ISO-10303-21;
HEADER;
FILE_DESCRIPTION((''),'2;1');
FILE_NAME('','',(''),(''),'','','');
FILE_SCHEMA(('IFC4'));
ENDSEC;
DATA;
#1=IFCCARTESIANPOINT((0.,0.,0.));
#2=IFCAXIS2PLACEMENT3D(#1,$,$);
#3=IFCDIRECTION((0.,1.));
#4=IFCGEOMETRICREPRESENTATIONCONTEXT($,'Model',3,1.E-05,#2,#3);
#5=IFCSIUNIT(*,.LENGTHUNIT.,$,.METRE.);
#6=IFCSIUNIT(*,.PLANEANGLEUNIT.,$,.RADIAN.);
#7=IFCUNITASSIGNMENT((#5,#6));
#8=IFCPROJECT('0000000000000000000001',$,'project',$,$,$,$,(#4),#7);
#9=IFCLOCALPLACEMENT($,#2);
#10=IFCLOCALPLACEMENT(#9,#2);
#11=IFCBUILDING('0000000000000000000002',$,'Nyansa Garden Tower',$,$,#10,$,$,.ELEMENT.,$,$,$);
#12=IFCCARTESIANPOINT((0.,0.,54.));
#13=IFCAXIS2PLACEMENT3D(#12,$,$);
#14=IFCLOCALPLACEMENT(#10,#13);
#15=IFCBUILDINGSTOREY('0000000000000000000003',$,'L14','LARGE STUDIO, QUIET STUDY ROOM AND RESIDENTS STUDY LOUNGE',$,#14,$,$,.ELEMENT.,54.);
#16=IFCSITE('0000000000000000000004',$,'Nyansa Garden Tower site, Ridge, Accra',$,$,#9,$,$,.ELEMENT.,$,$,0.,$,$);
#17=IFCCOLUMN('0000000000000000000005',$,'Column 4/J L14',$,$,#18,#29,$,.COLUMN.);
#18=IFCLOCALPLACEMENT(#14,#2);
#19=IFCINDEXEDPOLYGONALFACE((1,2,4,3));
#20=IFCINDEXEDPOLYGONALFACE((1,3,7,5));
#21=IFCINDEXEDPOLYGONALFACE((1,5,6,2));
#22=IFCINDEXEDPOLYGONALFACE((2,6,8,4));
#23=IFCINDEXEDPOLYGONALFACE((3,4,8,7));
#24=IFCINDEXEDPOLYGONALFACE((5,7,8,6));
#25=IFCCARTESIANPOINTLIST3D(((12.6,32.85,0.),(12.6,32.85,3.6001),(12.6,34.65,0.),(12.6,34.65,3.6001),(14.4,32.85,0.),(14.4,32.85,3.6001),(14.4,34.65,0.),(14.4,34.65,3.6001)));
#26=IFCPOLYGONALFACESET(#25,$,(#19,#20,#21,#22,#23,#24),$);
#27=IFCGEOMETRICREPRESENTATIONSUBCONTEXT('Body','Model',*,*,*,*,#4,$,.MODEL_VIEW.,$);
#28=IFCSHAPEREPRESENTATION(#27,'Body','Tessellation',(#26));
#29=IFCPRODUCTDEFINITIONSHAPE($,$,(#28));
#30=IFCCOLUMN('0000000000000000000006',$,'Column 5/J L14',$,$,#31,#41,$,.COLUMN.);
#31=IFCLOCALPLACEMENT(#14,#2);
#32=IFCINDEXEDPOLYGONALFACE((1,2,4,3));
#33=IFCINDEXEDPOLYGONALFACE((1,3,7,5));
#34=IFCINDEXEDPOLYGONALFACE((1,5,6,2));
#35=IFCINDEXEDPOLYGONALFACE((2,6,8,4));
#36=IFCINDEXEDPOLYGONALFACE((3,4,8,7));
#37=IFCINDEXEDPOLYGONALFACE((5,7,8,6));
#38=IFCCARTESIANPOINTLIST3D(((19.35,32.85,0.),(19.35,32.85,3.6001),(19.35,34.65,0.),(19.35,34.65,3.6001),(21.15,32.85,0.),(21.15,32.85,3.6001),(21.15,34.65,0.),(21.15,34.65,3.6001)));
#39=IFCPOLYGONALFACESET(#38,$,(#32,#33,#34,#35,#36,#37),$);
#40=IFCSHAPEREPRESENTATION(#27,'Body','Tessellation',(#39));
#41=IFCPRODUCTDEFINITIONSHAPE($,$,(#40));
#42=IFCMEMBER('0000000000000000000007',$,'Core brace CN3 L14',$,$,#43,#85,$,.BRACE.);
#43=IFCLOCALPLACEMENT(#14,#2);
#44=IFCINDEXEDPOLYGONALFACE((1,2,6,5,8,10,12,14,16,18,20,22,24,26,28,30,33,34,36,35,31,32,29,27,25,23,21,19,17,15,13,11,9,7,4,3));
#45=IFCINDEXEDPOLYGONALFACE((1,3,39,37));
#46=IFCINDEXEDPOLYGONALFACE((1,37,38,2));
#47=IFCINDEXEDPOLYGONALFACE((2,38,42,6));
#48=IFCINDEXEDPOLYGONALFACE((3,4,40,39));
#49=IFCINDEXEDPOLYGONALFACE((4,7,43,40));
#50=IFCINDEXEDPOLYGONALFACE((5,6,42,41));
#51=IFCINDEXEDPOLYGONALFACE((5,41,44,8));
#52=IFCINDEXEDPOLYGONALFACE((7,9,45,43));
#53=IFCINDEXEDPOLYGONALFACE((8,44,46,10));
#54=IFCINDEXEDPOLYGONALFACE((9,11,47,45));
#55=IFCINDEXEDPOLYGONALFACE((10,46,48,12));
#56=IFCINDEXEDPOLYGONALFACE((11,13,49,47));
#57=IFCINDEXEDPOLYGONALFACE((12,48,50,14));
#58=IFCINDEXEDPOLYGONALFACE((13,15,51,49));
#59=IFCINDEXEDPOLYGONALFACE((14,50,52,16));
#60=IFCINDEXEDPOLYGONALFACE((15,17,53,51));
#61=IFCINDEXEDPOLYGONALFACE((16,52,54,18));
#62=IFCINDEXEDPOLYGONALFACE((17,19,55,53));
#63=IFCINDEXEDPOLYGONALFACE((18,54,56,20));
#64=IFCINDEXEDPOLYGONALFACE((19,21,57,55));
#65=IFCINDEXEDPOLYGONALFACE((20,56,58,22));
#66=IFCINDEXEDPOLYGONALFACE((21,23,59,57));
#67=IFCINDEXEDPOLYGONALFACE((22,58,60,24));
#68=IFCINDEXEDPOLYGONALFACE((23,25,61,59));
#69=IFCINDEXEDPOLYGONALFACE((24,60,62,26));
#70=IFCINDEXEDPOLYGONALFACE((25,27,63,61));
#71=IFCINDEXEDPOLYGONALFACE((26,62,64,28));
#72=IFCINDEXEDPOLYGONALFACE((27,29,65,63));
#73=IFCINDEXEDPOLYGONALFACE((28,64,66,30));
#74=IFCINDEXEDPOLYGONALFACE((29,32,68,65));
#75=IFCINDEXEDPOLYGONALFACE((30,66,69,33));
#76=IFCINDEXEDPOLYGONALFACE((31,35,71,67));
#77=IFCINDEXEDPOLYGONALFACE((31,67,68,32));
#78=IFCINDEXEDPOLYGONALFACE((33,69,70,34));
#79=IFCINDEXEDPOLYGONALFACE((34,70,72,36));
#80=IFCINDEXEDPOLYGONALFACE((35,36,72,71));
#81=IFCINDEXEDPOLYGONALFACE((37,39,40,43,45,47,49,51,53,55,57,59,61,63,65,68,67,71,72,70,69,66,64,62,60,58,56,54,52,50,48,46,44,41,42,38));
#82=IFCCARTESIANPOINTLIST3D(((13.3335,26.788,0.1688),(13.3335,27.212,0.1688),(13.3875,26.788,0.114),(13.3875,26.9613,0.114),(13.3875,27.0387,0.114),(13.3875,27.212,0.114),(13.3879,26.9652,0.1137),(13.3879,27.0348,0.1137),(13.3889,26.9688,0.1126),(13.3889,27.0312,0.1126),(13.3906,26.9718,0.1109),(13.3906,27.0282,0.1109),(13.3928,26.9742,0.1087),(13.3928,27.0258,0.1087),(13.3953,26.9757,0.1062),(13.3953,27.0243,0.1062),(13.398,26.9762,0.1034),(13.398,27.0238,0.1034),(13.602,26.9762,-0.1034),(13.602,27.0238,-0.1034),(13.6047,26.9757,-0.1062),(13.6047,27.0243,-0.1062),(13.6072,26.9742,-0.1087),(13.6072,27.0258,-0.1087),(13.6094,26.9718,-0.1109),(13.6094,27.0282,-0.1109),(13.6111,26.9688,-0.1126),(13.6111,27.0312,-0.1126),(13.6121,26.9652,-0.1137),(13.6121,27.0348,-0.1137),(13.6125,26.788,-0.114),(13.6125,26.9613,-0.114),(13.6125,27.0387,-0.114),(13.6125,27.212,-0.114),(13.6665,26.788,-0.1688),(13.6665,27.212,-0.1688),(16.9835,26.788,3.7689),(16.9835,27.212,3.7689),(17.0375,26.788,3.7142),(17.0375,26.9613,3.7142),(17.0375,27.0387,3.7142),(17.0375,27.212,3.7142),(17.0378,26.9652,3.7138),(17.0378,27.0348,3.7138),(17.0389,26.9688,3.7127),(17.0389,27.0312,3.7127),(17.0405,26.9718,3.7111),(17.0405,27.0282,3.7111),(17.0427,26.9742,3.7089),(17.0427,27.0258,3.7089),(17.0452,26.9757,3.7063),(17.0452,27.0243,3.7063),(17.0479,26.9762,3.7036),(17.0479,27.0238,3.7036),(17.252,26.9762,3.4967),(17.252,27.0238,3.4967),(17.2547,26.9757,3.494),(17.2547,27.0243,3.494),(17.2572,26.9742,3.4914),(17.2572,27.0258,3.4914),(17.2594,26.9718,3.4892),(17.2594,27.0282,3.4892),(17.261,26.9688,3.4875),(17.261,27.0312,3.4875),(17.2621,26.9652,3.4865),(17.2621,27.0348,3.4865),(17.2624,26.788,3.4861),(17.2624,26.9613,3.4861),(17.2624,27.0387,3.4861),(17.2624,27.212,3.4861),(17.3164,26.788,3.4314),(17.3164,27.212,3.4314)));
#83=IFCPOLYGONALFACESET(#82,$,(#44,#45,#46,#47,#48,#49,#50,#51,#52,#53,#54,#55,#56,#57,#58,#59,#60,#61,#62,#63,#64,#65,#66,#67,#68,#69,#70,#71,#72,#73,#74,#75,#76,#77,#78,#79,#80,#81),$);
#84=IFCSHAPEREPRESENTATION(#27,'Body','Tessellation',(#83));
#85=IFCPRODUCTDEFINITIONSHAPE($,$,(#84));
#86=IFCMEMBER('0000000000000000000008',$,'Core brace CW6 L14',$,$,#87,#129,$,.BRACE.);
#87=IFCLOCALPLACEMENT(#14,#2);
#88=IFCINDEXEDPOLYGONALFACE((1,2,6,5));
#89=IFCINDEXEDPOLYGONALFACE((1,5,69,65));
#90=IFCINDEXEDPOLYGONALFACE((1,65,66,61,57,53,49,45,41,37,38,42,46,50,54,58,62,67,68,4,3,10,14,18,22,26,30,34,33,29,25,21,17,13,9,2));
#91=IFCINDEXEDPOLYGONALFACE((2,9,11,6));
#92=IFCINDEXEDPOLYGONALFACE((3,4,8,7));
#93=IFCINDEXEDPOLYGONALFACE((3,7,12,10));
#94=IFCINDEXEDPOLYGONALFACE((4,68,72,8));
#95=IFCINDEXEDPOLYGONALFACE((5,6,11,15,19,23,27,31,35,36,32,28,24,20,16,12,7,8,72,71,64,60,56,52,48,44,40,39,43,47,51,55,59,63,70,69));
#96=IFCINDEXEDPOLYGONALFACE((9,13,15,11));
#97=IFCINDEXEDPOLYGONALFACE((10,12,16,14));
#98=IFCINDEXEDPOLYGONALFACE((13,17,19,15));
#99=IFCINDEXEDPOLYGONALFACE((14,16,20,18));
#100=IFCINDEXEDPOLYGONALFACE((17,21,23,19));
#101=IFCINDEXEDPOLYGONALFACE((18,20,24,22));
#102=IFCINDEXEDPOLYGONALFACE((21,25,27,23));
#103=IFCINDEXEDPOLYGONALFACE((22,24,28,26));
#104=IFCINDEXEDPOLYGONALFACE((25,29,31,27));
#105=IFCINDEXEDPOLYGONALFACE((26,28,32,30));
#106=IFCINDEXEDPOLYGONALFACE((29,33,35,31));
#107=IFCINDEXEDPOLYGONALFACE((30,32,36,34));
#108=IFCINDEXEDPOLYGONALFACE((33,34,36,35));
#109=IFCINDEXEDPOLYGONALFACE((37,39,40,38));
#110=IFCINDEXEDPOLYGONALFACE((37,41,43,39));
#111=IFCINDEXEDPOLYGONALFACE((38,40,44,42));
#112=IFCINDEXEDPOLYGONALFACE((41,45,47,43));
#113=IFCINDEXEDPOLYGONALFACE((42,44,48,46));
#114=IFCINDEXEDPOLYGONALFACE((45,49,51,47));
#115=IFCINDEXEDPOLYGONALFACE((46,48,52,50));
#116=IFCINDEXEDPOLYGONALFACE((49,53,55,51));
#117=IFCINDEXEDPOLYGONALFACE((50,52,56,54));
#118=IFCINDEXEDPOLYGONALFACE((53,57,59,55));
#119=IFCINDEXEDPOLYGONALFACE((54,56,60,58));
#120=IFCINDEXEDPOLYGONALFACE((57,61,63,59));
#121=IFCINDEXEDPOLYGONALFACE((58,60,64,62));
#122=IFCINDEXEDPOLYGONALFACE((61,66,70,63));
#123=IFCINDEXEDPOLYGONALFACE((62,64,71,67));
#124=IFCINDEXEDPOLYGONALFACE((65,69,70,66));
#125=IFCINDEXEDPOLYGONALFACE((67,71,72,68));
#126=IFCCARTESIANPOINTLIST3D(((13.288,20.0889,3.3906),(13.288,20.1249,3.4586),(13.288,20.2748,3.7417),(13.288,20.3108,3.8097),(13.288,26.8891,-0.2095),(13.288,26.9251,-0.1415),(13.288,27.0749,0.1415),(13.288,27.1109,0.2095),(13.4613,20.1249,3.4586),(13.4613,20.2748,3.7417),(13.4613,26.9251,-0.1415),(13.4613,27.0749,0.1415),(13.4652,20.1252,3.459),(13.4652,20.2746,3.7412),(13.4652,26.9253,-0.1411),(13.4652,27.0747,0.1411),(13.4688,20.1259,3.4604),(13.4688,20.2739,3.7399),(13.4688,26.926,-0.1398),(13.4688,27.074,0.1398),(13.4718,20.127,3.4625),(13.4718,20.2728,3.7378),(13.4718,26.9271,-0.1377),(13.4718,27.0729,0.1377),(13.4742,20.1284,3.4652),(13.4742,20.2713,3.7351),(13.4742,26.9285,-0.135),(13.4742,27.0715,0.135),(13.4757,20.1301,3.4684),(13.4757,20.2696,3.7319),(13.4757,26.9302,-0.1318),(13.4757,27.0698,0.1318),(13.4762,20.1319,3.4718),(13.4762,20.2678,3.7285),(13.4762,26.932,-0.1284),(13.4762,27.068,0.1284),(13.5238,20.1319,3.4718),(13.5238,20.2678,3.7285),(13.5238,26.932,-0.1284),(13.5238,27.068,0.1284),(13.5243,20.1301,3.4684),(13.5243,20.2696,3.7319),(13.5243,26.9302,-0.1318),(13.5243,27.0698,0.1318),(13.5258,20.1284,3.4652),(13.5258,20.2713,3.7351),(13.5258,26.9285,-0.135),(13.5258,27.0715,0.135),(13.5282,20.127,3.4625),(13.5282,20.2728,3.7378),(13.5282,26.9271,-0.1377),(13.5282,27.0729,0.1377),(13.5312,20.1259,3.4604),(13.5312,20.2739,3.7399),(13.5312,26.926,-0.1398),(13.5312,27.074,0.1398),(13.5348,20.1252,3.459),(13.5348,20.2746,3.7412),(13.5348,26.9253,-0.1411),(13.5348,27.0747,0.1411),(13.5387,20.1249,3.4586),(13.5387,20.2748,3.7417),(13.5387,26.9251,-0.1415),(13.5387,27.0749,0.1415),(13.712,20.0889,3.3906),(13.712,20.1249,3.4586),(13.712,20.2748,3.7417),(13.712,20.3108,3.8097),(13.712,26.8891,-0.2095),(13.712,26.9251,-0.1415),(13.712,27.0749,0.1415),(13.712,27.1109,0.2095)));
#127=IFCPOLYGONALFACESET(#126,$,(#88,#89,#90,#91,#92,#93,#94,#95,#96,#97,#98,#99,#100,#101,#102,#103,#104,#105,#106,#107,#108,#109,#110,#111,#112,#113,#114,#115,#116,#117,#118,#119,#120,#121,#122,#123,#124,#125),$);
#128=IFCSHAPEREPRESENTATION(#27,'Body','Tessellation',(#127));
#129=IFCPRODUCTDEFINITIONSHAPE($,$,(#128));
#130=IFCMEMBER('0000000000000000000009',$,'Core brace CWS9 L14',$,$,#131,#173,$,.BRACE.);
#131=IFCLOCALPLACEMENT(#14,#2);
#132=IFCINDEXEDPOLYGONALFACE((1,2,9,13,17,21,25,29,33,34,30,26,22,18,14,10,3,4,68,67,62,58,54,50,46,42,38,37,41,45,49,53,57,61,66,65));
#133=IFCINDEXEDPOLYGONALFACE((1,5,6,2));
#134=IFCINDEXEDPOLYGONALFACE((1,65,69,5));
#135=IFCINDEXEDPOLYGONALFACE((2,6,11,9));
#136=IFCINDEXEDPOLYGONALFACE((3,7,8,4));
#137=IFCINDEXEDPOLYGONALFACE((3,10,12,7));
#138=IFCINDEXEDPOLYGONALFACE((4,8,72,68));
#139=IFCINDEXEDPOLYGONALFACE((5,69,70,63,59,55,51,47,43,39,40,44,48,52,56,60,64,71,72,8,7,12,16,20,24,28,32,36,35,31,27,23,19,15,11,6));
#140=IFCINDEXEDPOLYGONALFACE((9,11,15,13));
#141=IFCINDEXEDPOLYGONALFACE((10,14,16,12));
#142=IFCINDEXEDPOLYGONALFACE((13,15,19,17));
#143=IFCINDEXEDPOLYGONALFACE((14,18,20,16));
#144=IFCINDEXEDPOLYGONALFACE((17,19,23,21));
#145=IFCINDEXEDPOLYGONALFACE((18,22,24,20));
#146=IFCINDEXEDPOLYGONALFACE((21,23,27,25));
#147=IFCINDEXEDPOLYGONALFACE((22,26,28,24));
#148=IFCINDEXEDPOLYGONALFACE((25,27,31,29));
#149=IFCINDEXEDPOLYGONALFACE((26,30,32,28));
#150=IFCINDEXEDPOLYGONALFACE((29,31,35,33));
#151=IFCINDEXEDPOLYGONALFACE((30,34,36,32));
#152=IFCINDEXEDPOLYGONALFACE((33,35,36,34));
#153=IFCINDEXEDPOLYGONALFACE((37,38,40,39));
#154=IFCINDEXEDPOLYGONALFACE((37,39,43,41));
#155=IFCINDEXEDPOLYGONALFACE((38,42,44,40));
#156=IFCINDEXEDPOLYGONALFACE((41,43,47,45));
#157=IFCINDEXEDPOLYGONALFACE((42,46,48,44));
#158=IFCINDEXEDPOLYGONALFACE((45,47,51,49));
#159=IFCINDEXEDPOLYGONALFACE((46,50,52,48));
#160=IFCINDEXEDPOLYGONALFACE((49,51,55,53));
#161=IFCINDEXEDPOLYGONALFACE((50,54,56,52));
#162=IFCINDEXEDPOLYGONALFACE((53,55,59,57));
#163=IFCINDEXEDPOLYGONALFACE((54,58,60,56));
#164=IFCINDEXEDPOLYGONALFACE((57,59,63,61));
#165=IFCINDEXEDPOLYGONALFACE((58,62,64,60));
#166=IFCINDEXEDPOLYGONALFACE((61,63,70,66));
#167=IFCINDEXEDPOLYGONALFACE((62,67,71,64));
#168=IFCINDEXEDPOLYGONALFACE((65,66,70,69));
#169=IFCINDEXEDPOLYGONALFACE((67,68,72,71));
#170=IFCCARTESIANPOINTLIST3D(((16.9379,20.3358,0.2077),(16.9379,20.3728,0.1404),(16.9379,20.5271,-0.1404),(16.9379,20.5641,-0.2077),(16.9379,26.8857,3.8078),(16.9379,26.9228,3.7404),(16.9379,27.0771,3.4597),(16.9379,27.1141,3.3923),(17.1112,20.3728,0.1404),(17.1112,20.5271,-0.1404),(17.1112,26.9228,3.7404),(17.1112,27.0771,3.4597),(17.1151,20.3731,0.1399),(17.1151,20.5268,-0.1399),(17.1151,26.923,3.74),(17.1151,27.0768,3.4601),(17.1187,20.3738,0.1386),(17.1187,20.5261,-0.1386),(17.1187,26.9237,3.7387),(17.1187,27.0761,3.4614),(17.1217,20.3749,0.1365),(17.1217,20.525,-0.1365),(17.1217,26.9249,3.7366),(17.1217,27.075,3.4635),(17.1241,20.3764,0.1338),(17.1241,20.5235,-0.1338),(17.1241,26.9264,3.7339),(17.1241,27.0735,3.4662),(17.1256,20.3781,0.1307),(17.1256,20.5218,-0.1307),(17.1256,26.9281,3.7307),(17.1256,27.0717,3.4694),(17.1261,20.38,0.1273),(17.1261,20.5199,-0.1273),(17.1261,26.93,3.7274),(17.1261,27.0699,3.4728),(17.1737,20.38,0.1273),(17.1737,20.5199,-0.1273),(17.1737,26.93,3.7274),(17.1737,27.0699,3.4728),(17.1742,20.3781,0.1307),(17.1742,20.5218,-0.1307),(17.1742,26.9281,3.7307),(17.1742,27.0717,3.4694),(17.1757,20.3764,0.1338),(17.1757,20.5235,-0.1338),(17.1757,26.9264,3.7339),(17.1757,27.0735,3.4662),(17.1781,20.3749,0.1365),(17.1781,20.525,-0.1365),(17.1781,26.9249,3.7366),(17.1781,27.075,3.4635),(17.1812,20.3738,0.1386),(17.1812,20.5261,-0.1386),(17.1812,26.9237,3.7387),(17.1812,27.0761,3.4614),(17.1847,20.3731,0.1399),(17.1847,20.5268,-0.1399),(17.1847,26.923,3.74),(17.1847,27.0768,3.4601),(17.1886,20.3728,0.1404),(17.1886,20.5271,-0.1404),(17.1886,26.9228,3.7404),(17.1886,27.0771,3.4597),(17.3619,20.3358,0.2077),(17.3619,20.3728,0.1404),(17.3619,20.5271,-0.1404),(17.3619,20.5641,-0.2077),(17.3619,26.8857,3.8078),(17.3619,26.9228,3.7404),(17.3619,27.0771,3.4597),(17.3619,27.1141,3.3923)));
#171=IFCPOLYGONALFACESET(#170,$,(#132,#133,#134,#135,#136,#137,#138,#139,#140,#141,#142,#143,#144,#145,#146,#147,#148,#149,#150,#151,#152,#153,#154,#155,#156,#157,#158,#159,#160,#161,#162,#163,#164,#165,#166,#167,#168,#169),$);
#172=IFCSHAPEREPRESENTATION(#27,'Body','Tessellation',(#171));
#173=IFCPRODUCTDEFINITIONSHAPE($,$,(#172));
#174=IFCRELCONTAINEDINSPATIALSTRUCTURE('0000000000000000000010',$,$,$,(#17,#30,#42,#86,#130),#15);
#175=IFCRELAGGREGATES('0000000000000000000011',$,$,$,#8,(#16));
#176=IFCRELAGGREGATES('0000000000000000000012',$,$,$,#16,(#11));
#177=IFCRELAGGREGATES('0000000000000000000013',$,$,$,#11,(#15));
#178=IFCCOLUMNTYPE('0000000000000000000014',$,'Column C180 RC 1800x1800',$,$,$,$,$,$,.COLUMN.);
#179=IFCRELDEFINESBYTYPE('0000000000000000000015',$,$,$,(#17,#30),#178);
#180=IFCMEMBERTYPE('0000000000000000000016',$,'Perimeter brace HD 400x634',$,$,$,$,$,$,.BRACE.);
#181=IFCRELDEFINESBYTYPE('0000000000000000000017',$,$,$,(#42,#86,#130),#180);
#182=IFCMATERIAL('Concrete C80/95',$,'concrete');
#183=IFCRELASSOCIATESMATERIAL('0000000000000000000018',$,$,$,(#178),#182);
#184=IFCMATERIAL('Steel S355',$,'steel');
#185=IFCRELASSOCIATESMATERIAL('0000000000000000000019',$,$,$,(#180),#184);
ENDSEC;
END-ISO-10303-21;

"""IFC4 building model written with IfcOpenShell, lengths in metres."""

from ifc_helpers import new_model, si_unit, direction, frame, origin, origin_2d, place, context, subcontext, project, spatial, rectangle, i_section, extrude, material, material_profile, profile_set, type_object, element, save


model = new_model("IFC4")

# Units and contexts
model_context = context("Model", 3, precision=1e-05, world=origin(), true_north=direction((0.0, 1.0)))
body_context = subcontext(model_context, "Body", "Model", "MODEL_VIEW")
ifc_project = project(units=[si_unit("LENGTHUNIT", "METRE"), si_unit("PLANEANGLEUNIT", "RADIAN")], contexts=[model_context])

# Site, building, storey
site_placement = place(None, origin())
site = spatial("IfcSite", under=ifc_project, at=site_placement, Name="Nyansa Garden Tower site, Ridge, Accra", CompositionType="ELEMENT", RefElevation=0.0)
building_placement = place(site_placement, origin())
building = spatial("IfcBuilding", under=site, at=building_placement, Name="Nyansa Garden Tower", CompositionType="ELEMENT")
storey_placement = place(building_placement, frame((0.0, 0.0, 54.0)))
storey = spatial("IfcBuildingStorey", under=building, at=storey_placement, Name="L14", Description="LARGE STUDIO, QUIET STUDY ROOM AND RESIDENTS STUDY LOUNGE", CompositionType="ELEMENT", Elevation=54.0)

# Columns
ifc_material_1 = material(Name="Concrete C80/95", Category="concrete")
ifc_material_profile_1 = material_profile(ifc_material_1, rectangle(XDim=1.8, YDim=1.8, at=origin_2d()), Name="RC 1800x1800")
ifc_profile_set_1 = profile_set([ifc_material_profile_1], Name="Concrete C80/95")
column_type = type_object("IfcColumnType", Name="Column C180 RC 1800x1800", PredefinedType="COLUMN", material=ifc_profile_set_1)
for number, where, z_axis, x_axis, name in (
    (1, (13.5, 33.75, 0.0), (0.0, 0.0, 1.0), (1.0, 0.0, 0.0), "Column 4/J L14"),
    (2, (20.25, 33.75, 0.0), (0.0, 0.0, 1.0), (1.0, 0.0, 0.0), "Column 5/J L14"),
):
    element("IfcColumn", number, at=place(storey_placement, frame(where, z_axis=z_axis, x_axis=x_axis)), inside=storey, type_object=column_type, Name=name, PredefinedType="COLUMN", context=body_context, shape_type="SweptSolid", body=[
        extrude(rectangle(XDim=1.8, YDim=1.8, at=origin_2d()), origin(), (0.0, 0.0, 1.0), 3.6001),
    ])

# Members
ifc_material_2 = material(Name="Steel S355", Category="steel")
ifc_material_profile_2 = material_profile(ifc_material_2, i_section(OverallWidth=0.4241, OverallDepth=0.4741, WebThickness=0.0476, FlangeThickness=0.0769, FilletRadius=0.0149, at=origin_2d()), Name="HD 400x634")
ifc_profile_set_2 = profile_set([ifc_material_profile_2], Name="Steel S355")
member_type = type_object("IfcMemberType", Name="Perimeter brace HD 400x634", PredefinedType="BRACE", material=ifc_profile_set_2)
member_1_placement = place(storey_placement, frame((13.5, 27.0, 0.0), z_axis=(0.711948, 0.0, 0.702233), x_axis=(0.0, 1.0, 0.0)))
element("IfcMember", 3, at=member_1_placement, inside=storey, type_object=member_type, Name="Core brace CN3 L14", PredefinedType="BRACE", context=body_context, shape_type="SweptSolid", body=[
    extrude(i_section(OverallWidth=0.4241, OverallDepth=0.4741, WebThickness=0.0476, FlangeThickness=0.0769, FilletRadius=0.0149, at=origin_2d()), origin(), (0.0, 0.0, 1.0), 5.1267),
])
member_2_placement = place(storey_placement, frame((13.5, 27.0, 0.0), z_axis=(0.0, -0.883784, 0.467895), x_axis=(1.0, 0.0, 0.0)))
element("IfcMember", 4, at=member_2_placement, inside=storey, type_object=member_type, Name="Core brace CW6 L14", PredefinedType="BRACE", context=body_context, shape_type="SweptSolid", body=[
    extrude(i_section(OverallWidth=0.4241, OverallDepth=0.4741, WebThickness=0.0476, FlangeThickness=0.0769, FilletRadius=0.0149, at=origin_2d()), origin(), (0.0, 0.0, 1.0), 7.6943),
])
member_3_placement = place(storey_placement, frame((17.1499, 20.45, 0.0), z_axis=(0.0, 0.876353, 0.481669), x_axis=(-1.0, 0.0, 0.0)))
element("IfcMember", 5, at=member_3_placement, inside=storey, type_object=member_type, Name="Core brace CWS9 L14", PredefinedType="BRACE", context=body_context, shape_type="SweptSolid", body=[
    extrude(i_section(OverallWidth=0.4241, OverallDepth=0.4741, WebThickness=0.0476, FlangeThickness=0.0769, FilletRadius=0.0149, at=origin_2d()), origin(), (0.0, 0.0, 1.0), 7.4741),
])

save(model, "model.ifc")
